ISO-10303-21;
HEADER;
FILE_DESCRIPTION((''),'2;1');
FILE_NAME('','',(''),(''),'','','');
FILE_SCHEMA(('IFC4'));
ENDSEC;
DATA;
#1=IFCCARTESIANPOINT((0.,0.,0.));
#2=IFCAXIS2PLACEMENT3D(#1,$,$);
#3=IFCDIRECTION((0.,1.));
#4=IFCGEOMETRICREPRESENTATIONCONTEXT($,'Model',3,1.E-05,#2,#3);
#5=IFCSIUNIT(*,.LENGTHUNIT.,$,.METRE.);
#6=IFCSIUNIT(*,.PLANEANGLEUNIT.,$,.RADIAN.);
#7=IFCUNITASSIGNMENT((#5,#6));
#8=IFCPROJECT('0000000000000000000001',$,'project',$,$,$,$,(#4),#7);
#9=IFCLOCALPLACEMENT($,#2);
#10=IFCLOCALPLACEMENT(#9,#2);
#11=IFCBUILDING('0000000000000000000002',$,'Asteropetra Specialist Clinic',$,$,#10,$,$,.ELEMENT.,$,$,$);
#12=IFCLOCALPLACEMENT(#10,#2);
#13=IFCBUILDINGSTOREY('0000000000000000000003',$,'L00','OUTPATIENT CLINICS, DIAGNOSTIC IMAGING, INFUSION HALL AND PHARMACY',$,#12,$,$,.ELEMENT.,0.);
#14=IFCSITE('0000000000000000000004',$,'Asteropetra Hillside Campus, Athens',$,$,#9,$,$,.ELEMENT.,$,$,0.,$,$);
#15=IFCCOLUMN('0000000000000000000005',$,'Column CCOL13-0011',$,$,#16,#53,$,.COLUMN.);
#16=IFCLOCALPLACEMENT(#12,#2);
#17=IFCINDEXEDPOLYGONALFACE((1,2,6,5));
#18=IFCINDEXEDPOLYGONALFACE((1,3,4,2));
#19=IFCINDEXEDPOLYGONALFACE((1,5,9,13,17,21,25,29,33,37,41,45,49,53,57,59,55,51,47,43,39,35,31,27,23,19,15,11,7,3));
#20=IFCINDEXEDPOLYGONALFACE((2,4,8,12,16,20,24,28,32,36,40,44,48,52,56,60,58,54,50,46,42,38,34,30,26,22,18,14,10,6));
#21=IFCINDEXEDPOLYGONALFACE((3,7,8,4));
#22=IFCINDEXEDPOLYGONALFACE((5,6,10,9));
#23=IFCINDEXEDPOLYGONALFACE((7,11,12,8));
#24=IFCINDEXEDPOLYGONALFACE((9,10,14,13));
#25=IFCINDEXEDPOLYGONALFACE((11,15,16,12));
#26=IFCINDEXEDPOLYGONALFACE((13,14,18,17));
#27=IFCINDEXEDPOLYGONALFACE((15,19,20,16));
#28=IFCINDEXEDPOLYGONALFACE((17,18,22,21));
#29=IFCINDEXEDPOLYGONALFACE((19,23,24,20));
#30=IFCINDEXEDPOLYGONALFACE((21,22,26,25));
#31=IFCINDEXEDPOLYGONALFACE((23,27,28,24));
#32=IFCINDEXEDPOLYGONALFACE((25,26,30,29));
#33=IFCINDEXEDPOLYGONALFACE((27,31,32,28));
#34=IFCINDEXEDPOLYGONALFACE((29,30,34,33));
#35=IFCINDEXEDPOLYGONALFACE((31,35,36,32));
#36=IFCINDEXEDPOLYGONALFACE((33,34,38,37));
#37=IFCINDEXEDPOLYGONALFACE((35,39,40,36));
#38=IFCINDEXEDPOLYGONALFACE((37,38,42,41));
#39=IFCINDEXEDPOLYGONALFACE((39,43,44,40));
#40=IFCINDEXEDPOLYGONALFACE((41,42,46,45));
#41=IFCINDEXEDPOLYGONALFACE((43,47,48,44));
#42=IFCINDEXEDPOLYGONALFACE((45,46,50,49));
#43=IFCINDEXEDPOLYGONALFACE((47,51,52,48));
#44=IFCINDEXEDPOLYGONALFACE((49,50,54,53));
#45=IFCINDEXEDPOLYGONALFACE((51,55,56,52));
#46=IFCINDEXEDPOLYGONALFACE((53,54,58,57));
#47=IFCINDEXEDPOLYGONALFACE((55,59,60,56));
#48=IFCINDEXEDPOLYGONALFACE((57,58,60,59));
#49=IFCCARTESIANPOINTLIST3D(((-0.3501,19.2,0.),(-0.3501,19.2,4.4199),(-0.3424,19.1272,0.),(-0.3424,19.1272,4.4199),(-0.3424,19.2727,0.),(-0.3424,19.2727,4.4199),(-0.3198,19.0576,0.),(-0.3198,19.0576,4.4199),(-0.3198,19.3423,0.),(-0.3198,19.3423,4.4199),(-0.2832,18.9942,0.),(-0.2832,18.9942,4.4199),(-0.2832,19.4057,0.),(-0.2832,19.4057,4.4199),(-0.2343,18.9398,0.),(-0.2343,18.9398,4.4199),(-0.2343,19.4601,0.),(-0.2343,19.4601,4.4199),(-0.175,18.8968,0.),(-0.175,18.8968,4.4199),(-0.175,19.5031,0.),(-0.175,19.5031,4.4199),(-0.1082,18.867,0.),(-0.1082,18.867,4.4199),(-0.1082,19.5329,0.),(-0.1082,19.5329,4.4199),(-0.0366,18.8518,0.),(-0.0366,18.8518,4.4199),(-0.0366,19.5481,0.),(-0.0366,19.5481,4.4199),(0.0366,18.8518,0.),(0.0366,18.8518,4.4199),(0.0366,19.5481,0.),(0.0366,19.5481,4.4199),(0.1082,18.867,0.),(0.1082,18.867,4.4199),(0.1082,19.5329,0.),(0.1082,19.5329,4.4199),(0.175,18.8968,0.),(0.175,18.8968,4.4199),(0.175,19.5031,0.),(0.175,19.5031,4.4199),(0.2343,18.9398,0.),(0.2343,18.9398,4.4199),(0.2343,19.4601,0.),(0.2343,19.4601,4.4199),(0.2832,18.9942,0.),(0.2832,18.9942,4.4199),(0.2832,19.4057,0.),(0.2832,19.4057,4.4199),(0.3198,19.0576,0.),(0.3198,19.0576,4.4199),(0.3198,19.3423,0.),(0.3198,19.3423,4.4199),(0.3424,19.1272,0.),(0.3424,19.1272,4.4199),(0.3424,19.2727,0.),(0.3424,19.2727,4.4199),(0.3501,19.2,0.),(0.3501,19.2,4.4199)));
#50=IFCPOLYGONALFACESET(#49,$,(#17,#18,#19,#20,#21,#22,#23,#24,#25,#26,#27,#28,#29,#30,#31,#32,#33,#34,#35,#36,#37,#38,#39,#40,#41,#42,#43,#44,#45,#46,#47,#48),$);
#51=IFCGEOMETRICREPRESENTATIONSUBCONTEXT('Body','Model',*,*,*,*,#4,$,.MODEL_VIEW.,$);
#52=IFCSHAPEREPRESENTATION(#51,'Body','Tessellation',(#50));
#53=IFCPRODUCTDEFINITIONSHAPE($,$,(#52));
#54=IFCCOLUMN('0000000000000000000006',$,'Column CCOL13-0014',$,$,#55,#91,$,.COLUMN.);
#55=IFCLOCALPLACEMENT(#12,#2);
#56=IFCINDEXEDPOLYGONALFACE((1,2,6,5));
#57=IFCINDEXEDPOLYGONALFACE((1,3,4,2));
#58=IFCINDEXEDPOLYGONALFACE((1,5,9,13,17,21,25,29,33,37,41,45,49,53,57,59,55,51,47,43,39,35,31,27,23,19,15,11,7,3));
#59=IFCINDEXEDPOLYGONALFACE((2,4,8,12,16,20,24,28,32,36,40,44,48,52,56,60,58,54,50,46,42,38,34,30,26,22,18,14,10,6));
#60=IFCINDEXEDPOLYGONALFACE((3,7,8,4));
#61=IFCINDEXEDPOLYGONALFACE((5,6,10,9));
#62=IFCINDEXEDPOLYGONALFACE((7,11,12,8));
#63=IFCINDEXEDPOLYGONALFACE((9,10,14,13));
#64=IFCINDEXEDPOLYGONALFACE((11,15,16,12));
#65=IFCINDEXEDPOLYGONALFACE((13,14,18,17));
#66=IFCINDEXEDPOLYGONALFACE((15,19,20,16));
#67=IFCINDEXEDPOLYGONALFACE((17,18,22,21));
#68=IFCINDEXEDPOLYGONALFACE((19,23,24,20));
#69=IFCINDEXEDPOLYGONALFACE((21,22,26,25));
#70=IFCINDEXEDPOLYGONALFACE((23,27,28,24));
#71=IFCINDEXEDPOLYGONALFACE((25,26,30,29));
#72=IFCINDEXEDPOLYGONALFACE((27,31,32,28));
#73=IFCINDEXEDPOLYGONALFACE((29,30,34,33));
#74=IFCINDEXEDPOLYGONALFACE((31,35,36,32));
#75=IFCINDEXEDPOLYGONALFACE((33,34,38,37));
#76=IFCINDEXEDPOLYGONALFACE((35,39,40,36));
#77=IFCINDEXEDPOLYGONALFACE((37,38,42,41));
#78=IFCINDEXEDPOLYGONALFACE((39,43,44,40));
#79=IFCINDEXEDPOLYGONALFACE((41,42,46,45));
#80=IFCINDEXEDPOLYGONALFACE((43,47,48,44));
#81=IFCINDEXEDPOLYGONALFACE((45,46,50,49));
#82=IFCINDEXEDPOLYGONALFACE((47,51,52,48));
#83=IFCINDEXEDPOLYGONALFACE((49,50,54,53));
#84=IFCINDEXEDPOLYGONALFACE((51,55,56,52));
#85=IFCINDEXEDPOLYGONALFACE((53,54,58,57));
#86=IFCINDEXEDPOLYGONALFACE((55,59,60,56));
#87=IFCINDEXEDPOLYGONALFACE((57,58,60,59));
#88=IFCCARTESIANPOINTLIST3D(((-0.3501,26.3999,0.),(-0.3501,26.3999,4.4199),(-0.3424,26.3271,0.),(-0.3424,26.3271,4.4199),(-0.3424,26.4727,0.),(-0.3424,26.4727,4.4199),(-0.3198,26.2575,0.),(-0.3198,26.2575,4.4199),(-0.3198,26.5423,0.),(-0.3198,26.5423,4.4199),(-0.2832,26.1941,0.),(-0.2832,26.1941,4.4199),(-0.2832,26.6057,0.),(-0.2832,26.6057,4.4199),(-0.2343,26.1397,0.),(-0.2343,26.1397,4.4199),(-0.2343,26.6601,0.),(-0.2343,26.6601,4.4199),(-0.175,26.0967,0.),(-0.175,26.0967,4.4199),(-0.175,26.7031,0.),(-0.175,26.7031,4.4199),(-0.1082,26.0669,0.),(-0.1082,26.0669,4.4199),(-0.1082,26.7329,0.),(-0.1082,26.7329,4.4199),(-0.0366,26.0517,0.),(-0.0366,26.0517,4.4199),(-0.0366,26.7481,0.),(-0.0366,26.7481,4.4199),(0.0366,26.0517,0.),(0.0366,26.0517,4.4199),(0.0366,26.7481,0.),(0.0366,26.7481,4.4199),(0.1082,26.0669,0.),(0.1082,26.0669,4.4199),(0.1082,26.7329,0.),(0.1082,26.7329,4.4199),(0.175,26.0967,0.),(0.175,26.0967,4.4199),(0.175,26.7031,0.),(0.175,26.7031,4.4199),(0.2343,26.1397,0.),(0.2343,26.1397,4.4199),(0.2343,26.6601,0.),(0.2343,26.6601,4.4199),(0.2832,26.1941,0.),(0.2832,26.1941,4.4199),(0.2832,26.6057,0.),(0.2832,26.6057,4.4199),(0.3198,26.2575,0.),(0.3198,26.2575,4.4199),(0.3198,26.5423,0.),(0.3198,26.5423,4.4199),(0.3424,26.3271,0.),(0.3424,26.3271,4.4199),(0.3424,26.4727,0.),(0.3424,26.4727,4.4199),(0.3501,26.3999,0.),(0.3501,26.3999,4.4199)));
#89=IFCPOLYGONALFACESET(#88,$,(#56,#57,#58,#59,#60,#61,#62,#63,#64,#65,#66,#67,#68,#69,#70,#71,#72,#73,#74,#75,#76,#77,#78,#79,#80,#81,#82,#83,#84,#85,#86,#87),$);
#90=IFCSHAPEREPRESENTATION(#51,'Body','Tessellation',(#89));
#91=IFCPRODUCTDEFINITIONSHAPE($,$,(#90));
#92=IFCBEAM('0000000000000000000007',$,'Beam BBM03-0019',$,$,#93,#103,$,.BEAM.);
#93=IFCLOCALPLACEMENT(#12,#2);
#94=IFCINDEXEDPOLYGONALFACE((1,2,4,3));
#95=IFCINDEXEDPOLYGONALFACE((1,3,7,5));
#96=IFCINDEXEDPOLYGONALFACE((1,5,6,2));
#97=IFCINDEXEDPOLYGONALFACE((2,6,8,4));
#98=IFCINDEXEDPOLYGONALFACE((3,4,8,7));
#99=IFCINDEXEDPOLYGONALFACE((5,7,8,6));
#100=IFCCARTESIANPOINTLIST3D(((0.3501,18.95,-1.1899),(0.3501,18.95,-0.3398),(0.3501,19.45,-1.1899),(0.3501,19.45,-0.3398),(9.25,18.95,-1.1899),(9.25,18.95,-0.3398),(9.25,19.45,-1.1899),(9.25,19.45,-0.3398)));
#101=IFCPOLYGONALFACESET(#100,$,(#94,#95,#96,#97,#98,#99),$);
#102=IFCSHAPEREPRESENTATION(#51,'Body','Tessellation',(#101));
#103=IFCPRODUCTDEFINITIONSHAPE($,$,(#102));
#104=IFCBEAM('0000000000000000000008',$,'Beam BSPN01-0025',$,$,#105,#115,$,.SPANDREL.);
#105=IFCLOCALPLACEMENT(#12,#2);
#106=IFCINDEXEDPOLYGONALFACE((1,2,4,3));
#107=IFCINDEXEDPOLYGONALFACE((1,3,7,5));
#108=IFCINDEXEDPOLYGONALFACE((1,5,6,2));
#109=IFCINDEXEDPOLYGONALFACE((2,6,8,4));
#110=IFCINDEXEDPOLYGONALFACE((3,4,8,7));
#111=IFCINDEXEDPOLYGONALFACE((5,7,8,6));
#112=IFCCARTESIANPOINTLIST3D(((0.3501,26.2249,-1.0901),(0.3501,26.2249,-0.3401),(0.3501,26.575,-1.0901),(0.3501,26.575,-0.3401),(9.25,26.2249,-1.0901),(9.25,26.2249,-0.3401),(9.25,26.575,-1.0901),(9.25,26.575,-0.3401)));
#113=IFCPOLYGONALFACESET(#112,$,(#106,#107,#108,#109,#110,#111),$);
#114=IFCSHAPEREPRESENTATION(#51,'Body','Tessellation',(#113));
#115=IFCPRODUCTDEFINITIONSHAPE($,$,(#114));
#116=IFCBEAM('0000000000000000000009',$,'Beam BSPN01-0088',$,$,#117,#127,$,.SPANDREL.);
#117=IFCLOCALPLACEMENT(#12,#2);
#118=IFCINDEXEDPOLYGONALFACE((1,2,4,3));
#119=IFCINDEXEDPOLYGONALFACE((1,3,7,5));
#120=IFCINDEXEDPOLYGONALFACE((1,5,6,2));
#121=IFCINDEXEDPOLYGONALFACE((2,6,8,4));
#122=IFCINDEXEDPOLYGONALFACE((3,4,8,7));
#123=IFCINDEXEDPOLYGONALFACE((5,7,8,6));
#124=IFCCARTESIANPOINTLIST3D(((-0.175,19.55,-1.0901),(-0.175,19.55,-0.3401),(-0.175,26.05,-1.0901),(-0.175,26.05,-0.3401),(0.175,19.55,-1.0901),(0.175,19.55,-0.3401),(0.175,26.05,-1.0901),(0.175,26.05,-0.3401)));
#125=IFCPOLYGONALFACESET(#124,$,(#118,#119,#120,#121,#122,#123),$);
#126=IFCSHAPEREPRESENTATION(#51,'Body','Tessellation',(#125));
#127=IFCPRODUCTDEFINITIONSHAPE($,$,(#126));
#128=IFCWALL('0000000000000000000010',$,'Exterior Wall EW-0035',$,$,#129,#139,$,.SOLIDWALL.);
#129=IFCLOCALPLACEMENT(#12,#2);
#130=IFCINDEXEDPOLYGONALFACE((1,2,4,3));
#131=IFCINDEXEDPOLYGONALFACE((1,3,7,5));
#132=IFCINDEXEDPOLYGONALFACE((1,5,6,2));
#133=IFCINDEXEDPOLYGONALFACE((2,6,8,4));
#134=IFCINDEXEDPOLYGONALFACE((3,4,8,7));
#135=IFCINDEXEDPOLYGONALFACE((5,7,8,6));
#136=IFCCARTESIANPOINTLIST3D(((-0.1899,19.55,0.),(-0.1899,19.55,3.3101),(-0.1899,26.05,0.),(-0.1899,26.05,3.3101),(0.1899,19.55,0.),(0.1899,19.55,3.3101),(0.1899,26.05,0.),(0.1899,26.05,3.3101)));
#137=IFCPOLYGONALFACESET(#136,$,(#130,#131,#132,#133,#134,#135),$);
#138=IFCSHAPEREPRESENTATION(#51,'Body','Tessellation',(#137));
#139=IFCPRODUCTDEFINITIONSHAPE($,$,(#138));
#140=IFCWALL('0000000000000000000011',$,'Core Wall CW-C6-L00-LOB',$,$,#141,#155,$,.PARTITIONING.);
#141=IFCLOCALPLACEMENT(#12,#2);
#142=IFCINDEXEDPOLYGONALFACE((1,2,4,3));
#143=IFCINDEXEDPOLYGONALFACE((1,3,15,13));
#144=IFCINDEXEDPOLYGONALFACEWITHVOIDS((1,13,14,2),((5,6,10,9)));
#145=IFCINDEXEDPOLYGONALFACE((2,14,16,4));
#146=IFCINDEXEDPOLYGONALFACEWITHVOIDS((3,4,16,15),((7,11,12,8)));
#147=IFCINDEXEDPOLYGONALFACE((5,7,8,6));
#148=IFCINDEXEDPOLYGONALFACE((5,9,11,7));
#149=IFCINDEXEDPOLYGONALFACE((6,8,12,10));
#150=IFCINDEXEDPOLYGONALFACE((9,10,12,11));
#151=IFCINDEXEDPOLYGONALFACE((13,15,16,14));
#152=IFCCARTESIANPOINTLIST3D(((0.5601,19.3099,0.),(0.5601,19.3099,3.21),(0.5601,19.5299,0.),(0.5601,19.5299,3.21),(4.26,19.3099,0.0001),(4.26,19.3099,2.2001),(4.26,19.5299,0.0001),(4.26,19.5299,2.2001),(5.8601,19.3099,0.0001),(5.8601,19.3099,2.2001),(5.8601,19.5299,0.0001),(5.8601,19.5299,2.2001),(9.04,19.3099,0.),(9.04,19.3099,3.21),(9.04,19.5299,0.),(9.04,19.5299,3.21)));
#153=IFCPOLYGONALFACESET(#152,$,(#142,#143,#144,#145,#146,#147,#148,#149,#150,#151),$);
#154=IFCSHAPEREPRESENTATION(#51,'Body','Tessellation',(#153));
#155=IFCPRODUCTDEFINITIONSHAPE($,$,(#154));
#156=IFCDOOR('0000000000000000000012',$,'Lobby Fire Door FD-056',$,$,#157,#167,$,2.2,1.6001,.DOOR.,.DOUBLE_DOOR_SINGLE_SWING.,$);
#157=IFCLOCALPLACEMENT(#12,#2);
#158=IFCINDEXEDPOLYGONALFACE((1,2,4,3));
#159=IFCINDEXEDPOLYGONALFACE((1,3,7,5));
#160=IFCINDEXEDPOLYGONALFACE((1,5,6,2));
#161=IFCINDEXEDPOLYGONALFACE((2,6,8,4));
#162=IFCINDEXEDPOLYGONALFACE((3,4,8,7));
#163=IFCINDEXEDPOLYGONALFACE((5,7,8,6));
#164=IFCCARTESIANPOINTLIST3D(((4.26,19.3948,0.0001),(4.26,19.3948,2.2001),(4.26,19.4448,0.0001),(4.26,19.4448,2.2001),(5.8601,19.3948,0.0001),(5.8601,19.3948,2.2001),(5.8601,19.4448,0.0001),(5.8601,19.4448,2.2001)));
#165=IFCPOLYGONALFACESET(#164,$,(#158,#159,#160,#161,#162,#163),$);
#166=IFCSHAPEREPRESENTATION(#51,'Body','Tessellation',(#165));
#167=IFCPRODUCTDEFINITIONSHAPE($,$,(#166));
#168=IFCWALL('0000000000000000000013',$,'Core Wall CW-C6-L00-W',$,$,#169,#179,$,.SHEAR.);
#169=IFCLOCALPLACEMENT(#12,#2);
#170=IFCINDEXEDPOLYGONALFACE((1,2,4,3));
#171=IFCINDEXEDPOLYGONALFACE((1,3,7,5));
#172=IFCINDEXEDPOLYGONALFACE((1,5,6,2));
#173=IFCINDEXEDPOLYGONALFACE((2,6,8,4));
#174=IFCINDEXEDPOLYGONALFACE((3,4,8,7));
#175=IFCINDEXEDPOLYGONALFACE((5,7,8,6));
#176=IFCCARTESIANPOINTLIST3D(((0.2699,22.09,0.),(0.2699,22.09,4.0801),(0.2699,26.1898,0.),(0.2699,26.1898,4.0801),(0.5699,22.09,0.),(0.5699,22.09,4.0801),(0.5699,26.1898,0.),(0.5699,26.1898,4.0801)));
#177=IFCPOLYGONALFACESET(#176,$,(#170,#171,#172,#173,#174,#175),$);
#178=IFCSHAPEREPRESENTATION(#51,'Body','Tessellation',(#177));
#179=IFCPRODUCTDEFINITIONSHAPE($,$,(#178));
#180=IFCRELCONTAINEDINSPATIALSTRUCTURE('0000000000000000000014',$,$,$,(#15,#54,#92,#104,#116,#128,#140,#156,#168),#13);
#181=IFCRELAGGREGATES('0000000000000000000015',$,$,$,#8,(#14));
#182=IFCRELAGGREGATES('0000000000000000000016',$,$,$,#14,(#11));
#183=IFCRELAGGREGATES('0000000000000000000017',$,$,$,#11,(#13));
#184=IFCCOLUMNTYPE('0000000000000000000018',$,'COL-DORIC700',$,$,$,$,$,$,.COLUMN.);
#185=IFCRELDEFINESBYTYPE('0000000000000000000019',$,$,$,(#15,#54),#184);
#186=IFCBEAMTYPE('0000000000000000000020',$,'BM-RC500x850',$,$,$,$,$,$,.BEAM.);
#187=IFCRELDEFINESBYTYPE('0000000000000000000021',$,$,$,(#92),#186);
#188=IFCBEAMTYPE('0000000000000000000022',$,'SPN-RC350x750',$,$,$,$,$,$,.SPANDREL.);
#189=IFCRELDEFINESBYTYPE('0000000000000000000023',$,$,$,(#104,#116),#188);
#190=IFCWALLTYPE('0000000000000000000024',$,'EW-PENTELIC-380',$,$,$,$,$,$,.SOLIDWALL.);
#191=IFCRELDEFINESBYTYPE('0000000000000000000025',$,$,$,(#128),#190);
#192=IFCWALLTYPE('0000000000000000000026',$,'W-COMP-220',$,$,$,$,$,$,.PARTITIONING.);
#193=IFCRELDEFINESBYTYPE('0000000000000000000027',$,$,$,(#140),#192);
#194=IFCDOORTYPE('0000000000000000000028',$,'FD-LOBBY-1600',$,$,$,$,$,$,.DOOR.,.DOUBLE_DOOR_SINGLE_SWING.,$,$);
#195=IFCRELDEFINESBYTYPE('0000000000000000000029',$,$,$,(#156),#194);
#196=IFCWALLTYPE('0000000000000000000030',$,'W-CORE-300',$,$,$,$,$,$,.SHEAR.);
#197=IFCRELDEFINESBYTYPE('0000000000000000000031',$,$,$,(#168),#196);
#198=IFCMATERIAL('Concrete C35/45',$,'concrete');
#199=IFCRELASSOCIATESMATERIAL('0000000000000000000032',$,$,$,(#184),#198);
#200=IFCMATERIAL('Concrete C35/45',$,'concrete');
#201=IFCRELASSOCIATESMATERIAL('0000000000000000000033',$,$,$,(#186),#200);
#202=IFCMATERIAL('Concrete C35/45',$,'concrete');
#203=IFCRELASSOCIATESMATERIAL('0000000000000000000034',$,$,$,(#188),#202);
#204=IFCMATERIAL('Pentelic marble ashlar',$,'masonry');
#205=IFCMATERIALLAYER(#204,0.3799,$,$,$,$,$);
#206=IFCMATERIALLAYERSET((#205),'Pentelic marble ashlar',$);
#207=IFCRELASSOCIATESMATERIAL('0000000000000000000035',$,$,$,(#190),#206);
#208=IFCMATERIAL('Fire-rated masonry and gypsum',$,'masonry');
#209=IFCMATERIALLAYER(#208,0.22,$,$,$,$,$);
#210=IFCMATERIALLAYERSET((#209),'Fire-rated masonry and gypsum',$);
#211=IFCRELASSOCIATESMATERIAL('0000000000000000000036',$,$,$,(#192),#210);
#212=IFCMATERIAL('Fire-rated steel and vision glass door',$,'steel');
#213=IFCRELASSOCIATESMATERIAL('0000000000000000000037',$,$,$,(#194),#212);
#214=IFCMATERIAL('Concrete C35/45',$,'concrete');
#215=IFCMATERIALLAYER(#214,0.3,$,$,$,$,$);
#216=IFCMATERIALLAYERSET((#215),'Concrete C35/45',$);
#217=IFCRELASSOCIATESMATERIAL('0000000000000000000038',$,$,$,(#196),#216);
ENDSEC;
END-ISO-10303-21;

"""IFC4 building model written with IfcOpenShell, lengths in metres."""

from ifc_helpers import new_model, si_unit, direction, frame, frame_2d, origin, origin_2d, place, context, subcontext, project, spatial, rectangle, circle, extrude, material, layer, layer_set, material_profile, profile_set, type_object, element, fill, save


model = new_model("IFC4")

# Units and contexts
model_context = context("Model", 3, precision=1e-05, world=origin(), true_north=direction((0.0, 1.0)))
body_context = subcontext(model_context, "Body", "Model", "MODEL_VIEW")
ifc_project = project(units=[si_unit("LENGTHUNIT", "METRE"), si_unit("PLANEANGLEUNIT", "RADIAN")], contexts=[model_context])

# Site, building, storey
site_placement = place(None, origin())
site = spatial("IfcSite", under=ifc_project, at=site_placement, Name="Asteropetra Hillside Campus, Athens", CompositionType="ELEMENT", RefElevation=0.0)
building_placement = place(site_placement, origin())
building = spatial("IfcBuilding", under=site, at=building_placement, Name="Asteropetra Specialist Clinic", CompositionType="ELEMENT")
storey_placement = place(building_placement, origin())
storey = spatial("IfcBuildingStorey", under=building, at=storey_placement, Name="L00", Description="OUTPATIENT CLINICS, DIAGNOSTIC IMAGING, INFUSION HALL AND PHARMACY", CompositionType="ELEMENT", Elevation=0.0)

# Columns
ifc_material_1 = material(Name="Concrete C35/45", Category="concrete")
ifc_material_profile_1 = material_profile(ifc_material_1, circle(Radius=0.3501, at=origin_2d()), Name="RCC D700")
ifc_profile_set_1 = profile_set([ifc_material_profile_1], Name="Concrete C35/45")
column_type = type_object("IfcColumnType", Name="COL-DORIC700", PredefinedType="COLUMN", material=ifc_profile_set_1)
for number, where, z_axis, x_axis, name in (
    (1, (0.0, 19.2, 0.0), (0.0, 0.0, 1.0), (1.0, 0.0, 0.0), "Column CCOL13-0011"),
    (2, (0.0, 26.3999, 0.0), (0.0, 0.0, 1.0), (1.0, 0.0, 0.0), "Column CCOL13-0014"),
):
    element("IfcColumn", number, at=place(storey_placement, frame(where, z_axis=z_axis, x_axis=x_axis)), inside=storey, type_object=column_type, Name=name, PredefinedType="COLUMN", context=body_context, shape_type="SweptSolid", body=[
        extrude(circle(Radius=0.3501, at=origin_2d()), origin(), (0.0, 0.0, 1.0), 4.4199),
    ])

# Beams
ifc_material_2 = material(Name="Concrete C35/45", Category="concrete")
ifc_material_profile_2 = material_profile(ifc_material_2, rectangle(XDim=0.5, YDim=0.8501, at=origin_2d()), Name="RCB 500x850")
ifc_profile_set_2 = profile_set([ifc_material_profile_2], Name="Concrete C35/45")
beam_type_1 = type_object("IfcBeamType", Name="BM-RC500x850", PredefinedType="BEAM", material=ifc_profile_set_2)
beam_1_placement = place(storey_placement, frame((0.3501, 19.2, -0.7649), z_axis=(1.0, 0.0, 0.0), x_axis=(0.0, 1.0, 0.0)))
element("IfcBeam", 3, at=beam_1_placement, inside=storey, type_object=beam_type_1, Name="Beam BBM03-0019", PredefinedType="BEAM", context=body_context, shape_type="SweptSolid", body=[
    extrude(rectangle(XDim=0.5, YDim=0.8501, at=origin_2d()), origin(), (0.0, 0.0, 1.0), 8.8999),
])
ifc_material_3 = material(Name="Concrete C35/45", Category="concrete")
ifc_material_profile_3 = material_profile(ifc_material_3, rectangle(XDim=0.3501, YDim=0.75, at=origin_2d()), Name="RCS 350x750")
ifc_profile_set_3 = profile_set([ifc_material_profile_3], Name="Concrete C35/45")
beam_type_2 = type_object("IfcBeamType", Name="SPN-RC350x750", PredefinedType="SPANDREL", material=ifc_profile_set_3)
beam_2_placement = place(storey_placement, frame((0.3501, 26.3999, -0.7151), z_axis=(1.0, 0.0, 0.0), x_axis=(0.0, 1.0, 0.0)))
element("IfcBeam", 4, at=beam_2_placement, inside=storey, type_object=beam_type_2, Name="Beam BSPN01-0025", PredefinedType="SPANDREL", context=body_context, shape_type="SweptSolid", body=[
    extrude(rectangle(XDim=0.3501, YDim=0.75, at=origin_2d()), origin(), (0.0, 0.0, 1.0), 8.8999),
])
beam_3_placement = place(storey_placement, frame((0.0, 19.55, -0.7151), z_axis=(0.0, 1.0, 0.0), x_axis=(-1.0, 0.0, 0.0)))
element("IfcBeam", 5, at=beam_3_placement, inside=storey, type_object=beam_type_2, Name="Beam BSPN01-0088", PredefinedType="SPANDREL", context=body_context, shape_type="SweptSolid", body=[
    extrude(rectangle(XDim=0.3501, YDim=0.75, at=origin_2d()), origin(), (0.0, 0.0, 1.0), 6.5),
])

# Wall
ifc_material_4 = material(Name="Pentelic marble ashlar", Category="masonry")
ifc_layer_1 = layer(ifc_material_4, 0.3799)
ifc_layer_set_1 = layer_set([ifc_layer_1], Name="Pentelic marble ashlar")
wall_type_1 = type_object("IfcWallType", Name="EW-PENTELIC-380", PredefinedType="SOLIDWALL", material=ifc_layer_set_1)
wall_1_placement = place(storey_placement, frame((0.0, 26.05, 0.0), z_axis=(0.0, 0.0, 1.0), x_axis=(0.0, -1.0, 0.0)))
element("IfcWall", 6, at=wall_1_placement, inside=storey, type_object=wall_type_1, Name="Exterior Wall EW-0035", PredefinedType="SOLIDWALL", context=body_context, shape_type="SweptSolid", body=[
    extrude(rectangle(XDim=6.5, YDim=0.3799, at=frame_2d((3.25, 0.0))), origin(), (0.0, 0.0, 1.0), 3.3101),
])

# Wall, opening, door
ifc_material_5 = material(Name="Fire-rated masonry and gypsum", Category="masonry")
ifc_layer_2 = layer(ifc_material_5, 0.22)
ifc_layer_set_2 = layer_set([ifc_layer_2], Name="Fire-rated masonry and gypsum")
wall_type_2 = type_object("IfcWallType", Name="W-COMP-220", PredefinedType="PARTITIONING", material=ifc_layer_set_2)
wall_2_placement = place(storey_placement, frame((0.5601, 19.4199, 0.0), z_axis=(0.0, 0.0, 1.0), x_axis=(1.0, 0.0, 0.0)))
wall_2 = element("IfcWall", 7, at=wall_2_placement, inside=storey, type_object=wall_type_2, Name="Core Wall CW-C6-L00-LOB", PredefinedType="PARTITIONING", context=body_context, shape_type="SweptSolid", body=[
    extrude(rectangle(XDim=8.48, YDim=0.22, at=frame_2d((4.24, 0.0))), origin(), (0.0, 0.0, 1.0), 3.21),
])
opening_1_placement = place(wall_2_placement, frame((3.7, 0.0, 0.0)))
opening_1 = element("IfcOpeningElement", 8, at=opening_1_placement, cuts=wall_2, PredefinedType="OPENING", context=body_context, shape_type="SweptSolid", body=[
    extrude(rectangle(XDim=1.6001, YDim=2.2, at=frame_2d((0.8, 1.1001))), frame((0.0, 0.1199, 0.0), z_axis=(0.0, -1.0, 0.0), x_axis=(1.0, 0.0, 0.0)), (0.0, 0.0, 1.0), 0.24),
])
ifc_material_6 = material(Name="Fire-rated steel and vision glass door", Category="steel")
door_type_1 = type_object("IfcDoorType", Name="FD-LOBBY-1600", OperationType="DOUBLE_DOOR_SINGLE_SWING", PredefinedType="DOOR", material=ifc_material_6)
door_1_placement = place(opening_1_placement, origin())
door_1 = element("IfcDoor", 9, at=door_1_placement, inside=storey, type_object=door_type_1, Name="Lobby Fire Door FD-056", OperationType="DOUBLE_DOOR_SINGLE_SWING", OverallHeight=2.2, OverallWidth=1.6001, PredefinedType="DOOR", context=body_context, shape_type="SweptSolid", body=[
    extrude(rectangle(XDim=1.6001, YDim=2.2, at=frame_2d((0.8, 1.1001))), frame((0.0, 0.0249, 0.0), z_axis=(0.0, -1.0, 0.0), x_axis=(1.0, 0.0, 0.0)), (0.0, 0.0, 1.0), 0.05),
])
fill(opening_1, door_1)

# Wall
ifc_material_7 = material(Name="Concrete C35/45", Category="concrete")
ifc_layer_3 = layer(ifc_material_7, 0.3)
ifc_layer_set_3 = layer_set([ifc_layer_3], Name="Concrete C35/45")
wall_type_3 = type_object("IfcWallType", Name="W-CORE-300", PredefinedType="SHEAR", material=ifc_layer_set_3)
wall_3_placement = place(storey_placement, frame((0.4199, 22.0901, 0.0), z_axis=(0.0, 0.0, 1.0), x_axis=(0.0, 1.0, 0.0)))
element("IfcWall", 10, at=wall_3_placement, inside=storey, type_object=wall_type_3, Name="Core Wall CW-C6-L00-W", PredefinedType="SHEAR", context=body_context, shape_type="SweptSolid", body=[
    extrude(rectangle(XDim=4.0999, YDim=0.3, at=frame_2d((2.0498, 0.0))), origin(), (0.0, 0.0, 1.0), 4.0801),
])

save(model, "model.ifc")
